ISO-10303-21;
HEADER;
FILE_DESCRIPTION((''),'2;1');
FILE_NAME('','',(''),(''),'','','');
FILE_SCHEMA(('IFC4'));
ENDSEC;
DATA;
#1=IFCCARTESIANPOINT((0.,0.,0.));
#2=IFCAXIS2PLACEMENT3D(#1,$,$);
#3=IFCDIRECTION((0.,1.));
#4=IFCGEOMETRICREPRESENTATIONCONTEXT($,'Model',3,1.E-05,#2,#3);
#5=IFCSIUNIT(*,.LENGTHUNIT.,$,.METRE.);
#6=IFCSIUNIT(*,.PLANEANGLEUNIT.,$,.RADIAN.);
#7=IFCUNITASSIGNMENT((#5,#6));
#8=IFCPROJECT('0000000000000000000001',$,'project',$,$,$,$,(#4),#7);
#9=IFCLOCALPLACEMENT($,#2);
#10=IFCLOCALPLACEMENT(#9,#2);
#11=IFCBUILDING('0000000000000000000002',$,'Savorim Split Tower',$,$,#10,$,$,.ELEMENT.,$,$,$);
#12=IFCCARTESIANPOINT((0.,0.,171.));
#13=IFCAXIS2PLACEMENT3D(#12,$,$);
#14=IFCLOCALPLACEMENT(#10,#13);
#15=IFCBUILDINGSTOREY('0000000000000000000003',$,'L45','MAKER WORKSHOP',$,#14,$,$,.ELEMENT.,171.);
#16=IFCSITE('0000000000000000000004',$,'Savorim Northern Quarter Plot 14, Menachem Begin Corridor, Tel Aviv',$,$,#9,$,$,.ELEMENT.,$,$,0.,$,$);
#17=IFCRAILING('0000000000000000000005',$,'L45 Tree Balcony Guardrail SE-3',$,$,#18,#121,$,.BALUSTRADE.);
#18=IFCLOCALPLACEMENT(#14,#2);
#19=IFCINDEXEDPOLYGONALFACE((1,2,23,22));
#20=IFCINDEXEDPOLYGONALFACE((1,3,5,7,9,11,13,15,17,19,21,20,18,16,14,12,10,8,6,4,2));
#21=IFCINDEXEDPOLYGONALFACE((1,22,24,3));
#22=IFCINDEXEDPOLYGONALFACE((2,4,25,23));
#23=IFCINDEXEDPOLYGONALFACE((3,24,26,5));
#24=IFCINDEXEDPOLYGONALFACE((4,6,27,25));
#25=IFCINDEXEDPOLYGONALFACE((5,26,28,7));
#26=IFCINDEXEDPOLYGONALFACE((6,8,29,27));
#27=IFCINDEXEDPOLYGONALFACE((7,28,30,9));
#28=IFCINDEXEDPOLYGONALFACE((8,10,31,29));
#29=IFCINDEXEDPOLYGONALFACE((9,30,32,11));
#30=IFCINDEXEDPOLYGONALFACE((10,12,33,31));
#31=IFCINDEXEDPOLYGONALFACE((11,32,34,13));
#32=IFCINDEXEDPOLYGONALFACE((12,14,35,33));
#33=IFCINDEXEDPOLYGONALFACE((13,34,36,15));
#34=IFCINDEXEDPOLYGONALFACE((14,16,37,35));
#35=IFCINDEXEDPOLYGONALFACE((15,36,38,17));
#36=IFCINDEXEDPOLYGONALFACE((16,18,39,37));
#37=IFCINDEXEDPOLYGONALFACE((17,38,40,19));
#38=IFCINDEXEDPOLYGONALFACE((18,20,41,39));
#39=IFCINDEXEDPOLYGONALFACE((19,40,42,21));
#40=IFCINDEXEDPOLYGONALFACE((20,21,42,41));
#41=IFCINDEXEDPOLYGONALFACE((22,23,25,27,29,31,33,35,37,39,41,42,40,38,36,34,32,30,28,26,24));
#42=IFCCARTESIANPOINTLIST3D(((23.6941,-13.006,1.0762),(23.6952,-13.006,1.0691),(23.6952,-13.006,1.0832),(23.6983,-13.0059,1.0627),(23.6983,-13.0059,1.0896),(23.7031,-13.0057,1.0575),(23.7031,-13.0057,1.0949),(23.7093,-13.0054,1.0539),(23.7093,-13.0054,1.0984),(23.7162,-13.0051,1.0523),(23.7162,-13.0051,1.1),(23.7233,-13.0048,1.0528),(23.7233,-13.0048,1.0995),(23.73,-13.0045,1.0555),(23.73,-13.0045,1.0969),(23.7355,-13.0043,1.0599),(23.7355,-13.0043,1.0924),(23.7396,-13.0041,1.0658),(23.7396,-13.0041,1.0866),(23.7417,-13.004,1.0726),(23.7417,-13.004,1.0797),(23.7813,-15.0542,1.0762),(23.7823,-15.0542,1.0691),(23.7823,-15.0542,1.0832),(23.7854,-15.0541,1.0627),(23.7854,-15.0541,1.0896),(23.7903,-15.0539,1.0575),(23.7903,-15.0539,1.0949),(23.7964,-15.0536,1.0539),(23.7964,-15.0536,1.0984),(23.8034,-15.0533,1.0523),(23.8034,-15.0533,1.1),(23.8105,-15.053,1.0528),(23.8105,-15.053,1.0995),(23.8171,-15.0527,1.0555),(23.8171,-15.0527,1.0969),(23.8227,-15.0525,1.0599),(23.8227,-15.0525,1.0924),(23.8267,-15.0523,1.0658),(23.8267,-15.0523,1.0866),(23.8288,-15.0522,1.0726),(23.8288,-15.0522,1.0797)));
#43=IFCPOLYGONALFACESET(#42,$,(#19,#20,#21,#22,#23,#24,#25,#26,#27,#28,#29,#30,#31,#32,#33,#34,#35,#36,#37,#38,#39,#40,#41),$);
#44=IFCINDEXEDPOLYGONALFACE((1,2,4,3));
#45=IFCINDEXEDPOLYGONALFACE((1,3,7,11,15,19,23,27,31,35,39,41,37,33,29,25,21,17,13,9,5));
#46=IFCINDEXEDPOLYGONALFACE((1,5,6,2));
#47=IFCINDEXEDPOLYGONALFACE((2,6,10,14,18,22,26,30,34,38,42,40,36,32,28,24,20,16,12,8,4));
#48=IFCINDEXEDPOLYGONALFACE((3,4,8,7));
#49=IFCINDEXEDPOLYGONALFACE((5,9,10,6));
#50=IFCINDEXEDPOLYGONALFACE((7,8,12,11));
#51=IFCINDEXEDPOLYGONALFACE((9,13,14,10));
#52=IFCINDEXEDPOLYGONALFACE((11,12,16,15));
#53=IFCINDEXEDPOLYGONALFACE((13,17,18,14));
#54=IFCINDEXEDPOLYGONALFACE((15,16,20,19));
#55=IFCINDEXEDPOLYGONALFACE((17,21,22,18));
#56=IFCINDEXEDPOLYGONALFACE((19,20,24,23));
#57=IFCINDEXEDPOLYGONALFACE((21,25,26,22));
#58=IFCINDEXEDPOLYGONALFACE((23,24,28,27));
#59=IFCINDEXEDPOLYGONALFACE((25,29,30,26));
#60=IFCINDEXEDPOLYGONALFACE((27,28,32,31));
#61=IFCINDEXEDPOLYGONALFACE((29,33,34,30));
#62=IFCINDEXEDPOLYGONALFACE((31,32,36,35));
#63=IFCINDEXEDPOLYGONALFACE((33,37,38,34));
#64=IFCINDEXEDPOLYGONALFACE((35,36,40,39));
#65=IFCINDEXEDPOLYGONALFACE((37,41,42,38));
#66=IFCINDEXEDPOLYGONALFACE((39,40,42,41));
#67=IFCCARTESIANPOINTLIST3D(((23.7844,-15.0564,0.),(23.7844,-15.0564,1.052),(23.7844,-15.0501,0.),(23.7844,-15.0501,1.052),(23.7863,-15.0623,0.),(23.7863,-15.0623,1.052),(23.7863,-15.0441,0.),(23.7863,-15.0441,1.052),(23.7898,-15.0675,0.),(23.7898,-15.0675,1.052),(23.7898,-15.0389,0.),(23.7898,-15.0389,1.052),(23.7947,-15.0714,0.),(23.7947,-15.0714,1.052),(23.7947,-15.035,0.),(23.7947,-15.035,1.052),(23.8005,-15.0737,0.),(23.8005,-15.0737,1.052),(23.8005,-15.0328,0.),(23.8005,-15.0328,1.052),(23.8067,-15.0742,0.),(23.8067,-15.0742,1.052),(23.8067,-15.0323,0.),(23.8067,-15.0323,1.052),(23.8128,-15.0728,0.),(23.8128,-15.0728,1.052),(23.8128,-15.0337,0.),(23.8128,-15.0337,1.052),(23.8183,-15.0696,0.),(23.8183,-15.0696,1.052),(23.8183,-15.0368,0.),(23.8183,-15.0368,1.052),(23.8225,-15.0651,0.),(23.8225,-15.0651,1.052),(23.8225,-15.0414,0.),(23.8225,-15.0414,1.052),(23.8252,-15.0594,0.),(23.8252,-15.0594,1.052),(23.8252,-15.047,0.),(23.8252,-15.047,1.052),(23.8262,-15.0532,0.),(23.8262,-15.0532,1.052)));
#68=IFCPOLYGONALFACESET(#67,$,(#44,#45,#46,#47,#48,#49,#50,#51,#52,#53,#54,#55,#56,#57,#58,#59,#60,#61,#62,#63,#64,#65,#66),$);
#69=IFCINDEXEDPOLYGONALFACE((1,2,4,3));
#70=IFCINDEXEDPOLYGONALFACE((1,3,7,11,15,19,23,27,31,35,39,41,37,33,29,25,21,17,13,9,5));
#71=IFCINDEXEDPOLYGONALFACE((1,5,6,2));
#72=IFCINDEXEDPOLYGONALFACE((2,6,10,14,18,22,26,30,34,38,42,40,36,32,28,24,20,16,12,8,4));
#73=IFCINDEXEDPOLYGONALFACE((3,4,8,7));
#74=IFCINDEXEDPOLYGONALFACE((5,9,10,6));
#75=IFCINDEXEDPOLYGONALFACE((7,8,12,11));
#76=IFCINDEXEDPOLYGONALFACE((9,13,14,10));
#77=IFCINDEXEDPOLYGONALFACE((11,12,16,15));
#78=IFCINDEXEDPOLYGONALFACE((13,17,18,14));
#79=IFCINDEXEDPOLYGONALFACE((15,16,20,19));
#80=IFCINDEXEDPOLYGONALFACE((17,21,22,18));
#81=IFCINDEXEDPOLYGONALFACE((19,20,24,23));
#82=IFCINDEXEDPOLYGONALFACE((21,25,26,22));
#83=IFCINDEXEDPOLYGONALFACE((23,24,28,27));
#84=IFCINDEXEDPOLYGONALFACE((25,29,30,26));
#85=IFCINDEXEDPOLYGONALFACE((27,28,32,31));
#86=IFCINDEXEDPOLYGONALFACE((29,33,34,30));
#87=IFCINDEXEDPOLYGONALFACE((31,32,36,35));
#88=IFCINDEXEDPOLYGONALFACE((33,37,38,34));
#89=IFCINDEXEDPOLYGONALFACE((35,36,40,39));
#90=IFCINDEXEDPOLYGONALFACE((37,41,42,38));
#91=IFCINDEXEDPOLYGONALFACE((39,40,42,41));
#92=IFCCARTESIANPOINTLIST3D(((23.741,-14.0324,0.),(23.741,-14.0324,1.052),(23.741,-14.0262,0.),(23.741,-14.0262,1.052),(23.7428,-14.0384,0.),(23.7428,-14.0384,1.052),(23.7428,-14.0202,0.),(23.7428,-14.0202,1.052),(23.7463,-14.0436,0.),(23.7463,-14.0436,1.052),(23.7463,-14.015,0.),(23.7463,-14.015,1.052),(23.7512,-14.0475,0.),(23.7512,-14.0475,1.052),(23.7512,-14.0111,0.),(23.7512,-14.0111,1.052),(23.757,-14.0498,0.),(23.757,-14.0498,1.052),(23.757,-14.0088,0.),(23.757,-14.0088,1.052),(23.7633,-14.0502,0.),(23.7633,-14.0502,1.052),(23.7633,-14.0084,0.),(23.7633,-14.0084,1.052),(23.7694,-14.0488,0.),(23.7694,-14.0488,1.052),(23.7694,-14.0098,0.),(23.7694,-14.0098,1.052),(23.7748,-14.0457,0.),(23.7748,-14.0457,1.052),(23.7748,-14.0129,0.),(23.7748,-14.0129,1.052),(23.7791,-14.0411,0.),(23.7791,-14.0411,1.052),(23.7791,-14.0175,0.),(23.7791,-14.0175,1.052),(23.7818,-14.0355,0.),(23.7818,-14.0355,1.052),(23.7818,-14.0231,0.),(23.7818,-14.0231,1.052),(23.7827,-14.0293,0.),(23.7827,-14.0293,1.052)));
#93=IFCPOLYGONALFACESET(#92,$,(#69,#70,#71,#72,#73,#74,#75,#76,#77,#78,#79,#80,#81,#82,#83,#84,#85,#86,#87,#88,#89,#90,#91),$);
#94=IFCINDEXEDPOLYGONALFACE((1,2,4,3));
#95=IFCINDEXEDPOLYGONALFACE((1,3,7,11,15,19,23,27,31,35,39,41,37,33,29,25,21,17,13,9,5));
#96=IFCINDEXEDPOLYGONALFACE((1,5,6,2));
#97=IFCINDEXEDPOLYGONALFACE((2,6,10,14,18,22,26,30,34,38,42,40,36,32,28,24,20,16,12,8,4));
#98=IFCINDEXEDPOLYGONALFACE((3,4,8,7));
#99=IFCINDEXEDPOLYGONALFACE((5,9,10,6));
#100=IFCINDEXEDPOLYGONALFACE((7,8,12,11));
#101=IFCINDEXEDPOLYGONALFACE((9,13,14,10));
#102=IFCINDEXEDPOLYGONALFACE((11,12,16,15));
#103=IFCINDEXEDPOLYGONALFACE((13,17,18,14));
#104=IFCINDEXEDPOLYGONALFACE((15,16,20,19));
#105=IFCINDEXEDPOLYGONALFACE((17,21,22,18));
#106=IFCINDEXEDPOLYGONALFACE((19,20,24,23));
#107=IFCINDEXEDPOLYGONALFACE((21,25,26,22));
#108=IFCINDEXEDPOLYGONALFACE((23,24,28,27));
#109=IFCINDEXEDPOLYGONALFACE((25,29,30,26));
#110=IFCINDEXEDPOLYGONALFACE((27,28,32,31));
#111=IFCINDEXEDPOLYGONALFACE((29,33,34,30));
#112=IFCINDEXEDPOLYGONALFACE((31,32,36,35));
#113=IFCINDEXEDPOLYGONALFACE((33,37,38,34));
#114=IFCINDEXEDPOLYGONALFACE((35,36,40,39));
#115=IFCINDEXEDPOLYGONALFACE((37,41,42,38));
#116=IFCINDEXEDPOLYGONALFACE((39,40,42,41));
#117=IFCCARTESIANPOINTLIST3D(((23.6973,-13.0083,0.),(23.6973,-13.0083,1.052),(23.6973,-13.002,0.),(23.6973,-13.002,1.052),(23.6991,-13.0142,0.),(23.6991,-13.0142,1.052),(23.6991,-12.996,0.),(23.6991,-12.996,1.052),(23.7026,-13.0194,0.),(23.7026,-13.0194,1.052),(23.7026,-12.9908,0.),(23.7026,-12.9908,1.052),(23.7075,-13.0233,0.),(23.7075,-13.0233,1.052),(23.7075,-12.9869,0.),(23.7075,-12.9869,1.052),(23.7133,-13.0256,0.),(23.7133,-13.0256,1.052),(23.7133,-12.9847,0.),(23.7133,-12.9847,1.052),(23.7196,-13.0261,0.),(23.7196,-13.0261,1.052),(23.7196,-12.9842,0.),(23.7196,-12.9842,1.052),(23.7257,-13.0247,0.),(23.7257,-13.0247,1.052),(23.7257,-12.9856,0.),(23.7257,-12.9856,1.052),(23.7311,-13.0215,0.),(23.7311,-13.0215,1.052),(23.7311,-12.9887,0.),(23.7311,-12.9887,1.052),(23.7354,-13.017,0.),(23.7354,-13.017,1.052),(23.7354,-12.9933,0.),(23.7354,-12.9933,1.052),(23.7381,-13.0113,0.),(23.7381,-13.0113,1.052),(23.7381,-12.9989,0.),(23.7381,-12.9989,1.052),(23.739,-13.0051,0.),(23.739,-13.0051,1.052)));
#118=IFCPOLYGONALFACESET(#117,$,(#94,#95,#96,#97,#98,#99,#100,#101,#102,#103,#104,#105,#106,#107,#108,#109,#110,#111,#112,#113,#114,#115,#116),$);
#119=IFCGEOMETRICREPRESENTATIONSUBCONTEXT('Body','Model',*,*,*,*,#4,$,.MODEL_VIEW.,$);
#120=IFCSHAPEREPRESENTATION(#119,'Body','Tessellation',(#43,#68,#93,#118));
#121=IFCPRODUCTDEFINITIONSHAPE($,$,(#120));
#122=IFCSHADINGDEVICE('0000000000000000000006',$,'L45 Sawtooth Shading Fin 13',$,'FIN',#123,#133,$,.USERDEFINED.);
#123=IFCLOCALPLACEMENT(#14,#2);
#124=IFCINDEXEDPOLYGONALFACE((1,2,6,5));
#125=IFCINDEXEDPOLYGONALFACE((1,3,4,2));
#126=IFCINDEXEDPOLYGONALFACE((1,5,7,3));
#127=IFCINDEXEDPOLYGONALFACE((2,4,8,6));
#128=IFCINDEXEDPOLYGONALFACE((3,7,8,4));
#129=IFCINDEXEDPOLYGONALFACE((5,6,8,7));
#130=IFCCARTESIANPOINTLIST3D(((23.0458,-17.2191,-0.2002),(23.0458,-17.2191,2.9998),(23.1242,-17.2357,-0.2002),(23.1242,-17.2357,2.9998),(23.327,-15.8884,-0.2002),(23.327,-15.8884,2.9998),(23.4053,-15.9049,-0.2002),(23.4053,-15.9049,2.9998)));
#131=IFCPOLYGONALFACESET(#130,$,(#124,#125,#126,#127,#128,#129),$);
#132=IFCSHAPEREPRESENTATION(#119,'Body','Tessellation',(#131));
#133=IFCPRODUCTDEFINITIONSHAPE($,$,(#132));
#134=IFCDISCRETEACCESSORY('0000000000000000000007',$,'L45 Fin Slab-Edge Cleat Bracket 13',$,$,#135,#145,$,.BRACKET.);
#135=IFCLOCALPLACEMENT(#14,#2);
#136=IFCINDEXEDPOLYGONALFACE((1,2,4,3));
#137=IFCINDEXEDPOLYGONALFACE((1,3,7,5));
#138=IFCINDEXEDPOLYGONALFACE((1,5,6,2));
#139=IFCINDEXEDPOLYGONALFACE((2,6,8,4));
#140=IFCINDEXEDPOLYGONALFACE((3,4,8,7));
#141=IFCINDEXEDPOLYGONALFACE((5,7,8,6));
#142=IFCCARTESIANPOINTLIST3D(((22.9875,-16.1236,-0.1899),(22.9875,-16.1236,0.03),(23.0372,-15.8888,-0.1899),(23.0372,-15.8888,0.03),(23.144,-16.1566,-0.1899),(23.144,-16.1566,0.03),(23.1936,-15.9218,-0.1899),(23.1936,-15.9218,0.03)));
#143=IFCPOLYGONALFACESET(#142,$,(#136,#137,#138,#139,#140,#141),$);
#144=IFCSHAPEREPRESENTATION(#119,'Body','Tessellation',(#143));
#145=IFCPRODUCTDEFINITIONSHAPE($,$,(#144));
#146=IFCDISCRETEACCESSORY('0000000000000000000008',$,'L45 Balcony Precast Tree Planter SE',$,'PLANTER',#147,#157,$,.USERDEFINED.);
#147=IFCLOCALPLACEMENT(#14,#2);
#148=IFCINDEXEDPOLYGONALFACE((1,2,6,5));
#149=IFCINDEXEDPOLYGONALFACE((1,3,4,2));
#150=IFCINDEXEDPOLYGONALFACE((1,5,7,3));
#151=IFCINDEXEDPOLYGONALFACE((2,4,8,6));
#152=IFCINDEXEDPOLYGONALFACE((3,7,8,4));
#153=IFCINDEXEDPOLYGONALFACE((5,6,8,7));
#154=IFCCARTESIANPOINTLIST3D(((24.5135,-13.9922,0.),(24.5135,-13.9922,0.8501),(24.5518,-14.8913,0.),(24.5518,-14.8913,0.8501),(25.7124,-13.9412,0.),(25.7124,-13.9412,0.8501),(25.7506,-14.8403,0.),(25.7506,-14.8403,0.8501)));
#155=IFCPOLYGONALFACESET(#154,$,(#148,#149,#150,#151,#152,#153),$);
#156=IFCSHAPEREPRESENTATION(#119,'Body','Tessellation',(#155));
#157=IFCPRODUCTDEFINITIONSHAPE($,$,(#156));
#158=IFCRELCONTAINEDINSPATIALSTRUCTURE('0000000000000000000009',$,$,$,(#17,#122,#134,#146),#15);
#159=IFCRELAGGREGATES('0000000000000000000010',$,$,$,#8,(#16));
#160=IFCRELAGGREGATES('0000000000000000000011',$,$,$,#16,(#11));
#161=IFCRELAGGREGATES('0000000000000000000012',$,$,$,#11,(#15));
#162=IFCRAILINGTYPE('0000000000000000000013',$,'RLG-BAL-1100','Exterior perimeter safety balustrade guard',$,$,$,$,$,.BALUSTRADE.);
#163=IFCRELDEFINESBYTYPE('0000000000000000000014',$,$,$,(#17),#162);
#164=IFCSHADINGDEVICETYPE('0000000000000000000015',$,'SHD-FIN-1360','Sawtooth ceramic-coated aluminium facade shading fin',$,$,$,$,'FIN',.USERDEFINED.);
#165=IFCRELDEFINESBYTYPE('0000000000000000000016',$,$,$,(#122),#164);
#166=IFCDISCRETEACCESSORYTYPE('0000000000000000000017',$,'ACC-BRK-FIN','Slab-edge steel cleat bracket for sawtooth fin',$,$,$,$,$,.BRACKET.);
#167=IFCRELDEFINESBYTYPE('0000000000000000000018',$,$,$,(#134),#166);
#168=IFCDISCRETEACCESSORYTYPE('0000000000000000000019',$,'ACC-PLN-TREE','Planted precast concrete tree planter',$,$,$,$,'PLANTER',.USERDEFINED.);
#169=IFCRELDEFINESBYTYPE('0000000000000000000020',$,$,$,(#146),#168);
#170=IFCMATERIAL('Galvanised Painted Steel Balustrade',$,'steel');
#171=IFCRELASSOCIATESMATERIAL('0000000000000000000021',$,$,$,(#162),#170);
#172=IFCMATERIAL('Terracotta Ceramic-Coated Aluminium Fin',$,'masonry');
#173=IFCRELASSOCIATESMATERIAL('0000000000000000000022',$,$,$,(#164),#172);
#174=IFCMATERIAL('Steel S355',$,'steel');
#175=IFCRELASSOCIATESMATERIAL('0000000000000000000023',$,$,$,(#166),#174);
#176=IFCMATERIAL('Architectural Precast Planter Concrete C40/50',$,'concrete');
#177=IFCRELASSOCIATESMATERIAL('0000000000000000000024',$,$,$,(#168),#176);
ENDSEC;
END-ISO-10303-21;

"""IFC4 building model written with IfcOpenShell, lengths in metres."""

from ifc_helpers import new_model, si_unit, direction, frame, origin, origin_2d, place, context, subcontext, project, spatial, rectangle, circle, extrude, material, type_object, element, save


model = new_model("IFC4")

# Units and contexts
model_context = context("Model", 3, precision=1e-05, world=origin(), true_north=direction((0.0, 1.0)))
body_context = subcontext(model_context, "Body", "Model", "MODEL_VIEW")
ifc_project = project(units=[si_unit("LENGTHUNIT", "METRE"), si_unit("PLANEANGLEUNIT", "RADIAN")], contexts=[model_context])

# Site, building, storey
site_placement = place(None, origin())
site = spatial("IfcSite", under=ifc_project, at=site_placement, Name="Savorim Northern Quarter Plot 14, Menachem Begin Corridor, Tel Aviv", CompositionType="ELEMENT", RefElevation=0.0)
building_placement = place(site_placement, origin())
building = spatial("IfcBuilding", under=site, at=building_placement, Name="Savorim Split Tower", CompositionType="ELEMENT")
storey_placement = place(building_placement, frame((0.0, 0.0, 171.0)))
storey = spatial("IfcBuildingStorey", under=building, at=storey_placement, Name="L45", Description="MAKER WORKSHOP", CompositionType="ELEMENT", Elevation=171.0)

# Shared definitions
ifc_material_1 = material(Name="Steel S355", Category="steel")

# Railing
ifc_material_2 = material(Name="Galvanised Painted Steel Balustrade", Category="steel")
railing_type = type_object("IfcRailingType", Name="RLG-BAL-1100", Description="Exterior perimeter safety balustrade guard", PredefinedType="BALUSTRADE", material=ifc_material_2)
railing_1_placement = place(storey_placement, frame((23.8052, -15.0532, 0.0)))
element("IfcRailing", 1, at=railing_1_placement, inside=storey, type_object=railing_type, Name="L45 Tree Balcony Guardrail SE-3", PredefinedType="BALUSTRADE", context=body_context, shape_type="SweptSolid", body=[
    extrude(circle(Radius=0.0239, at=origin_2d()), frame((0.0, 0.0, 1.0762), z_axis=(-0.042517, 0.999096, 0.0), x_axis=(-0.999096, -0.042517, 0.0)), (0.0, 0.0, 1.0), 2.05),
    extrude(circle(Radius=0.021, at=origin_2d()), origin(), (0.0, 0.0, 1.0), 1.052),
    extrude(circle(Radius=0.021, at=origin_2d()), frame((-0.0435, 1.0239, 0.0)), (0.0, 0.0, 1.0), 1.052),
    extrude(circle(Radius=0.021, at=origin_2d()), frame((-0.0872, 2.0481, 0.0)), (0.0, 0.0, 1.0), 1.052),
])

# Shading device
ifc_material_3 = material(Name="Terracotta Ceramic-Coated Aluminium Fin", Category="masonry")
shading_device_type = type_object("IfcShadingDeviceType", Name="SHD-FIN-1360", Description="Sawtooth ceramic-coated aluminium facade shading fin", ElementType="FIN", PredefinedType="USERDEFINED", material=ifc_material_3)
shading_device_placement = place(storey_placement, frame((23.2256, -16.562, -0.2002), z_axis=(0.0, 0.0, 1.0), x_axis=(-0.206722, -0.9784, 0.0)))
element("IfcShadingDevice", 2, at=shading_device_placement, inside=storey, type_object=shading_device_type, Name="L45 Sawtooth Shading Fin 13", ObjectType="FIN", PredefinedType="USERDEFINED", context=body_context, shape_type="SweptSolid", body=[
    extrude(rectangle(XDim=1.3601, YDim=0.0801, at=origin_2d()), origin(), (0.0, 0.0, 1.0), 3.2),
])

# Discrete accessories
discrete_accessory_type_1 = type_object("IfcDiscreteAccessoryType", Name="ACC-BRK-FIN", Description="Slab-edge steel cleat bracket for sawtooth fin", PredefinedType="BRACKET", material=ifc_material_1)
discrete_accessory_1_placement = place(storey_placement, frame((23.0906, -16.0227, -0.1899), z_axis=(0.0, 0.0, 1.0), x_axis=(-0.206722, -0.9784, 0.0)))
element("IfcDiscreteAccessory", 3, at=discrete_accessory_1_placement, inside=storey, type_object=discrete_accessory_type_1, Name="L45 Fin Slab-Edge Cleat Bracket 13", PredefinedType="BRACKET", context=body_context, shape_type="SweptSolid", body=[
    extrude(rectangle(XDim=0.24, YDim=0.1599, at=origin_2d()), origin(), (0.0, 0.0, 1.0), 0.22),
])
ifc_material_4 = material(Name="Architectural Precast Planter Concrete C40/50", Category="concrete")
discrete_accessory_type_2 = type_object("IfcDiscreteAccessoryType", Name="ACC-PLN-TREE", Description="Planted precast concrete tree planter", ElementType="PLANTER", PredefinedType="USERDEFINED", material=ifc_material_4)
discrete_accessory_2_placement = place(storey_placement, frame((25.1321, -14.4163, 0.0), z_axis=(0.0, 0.0, 1.0), x_axis=(0.999096, 0.042507, 0.0)))
element("IfcDiscreteAccessory", 4, at=discrete_accessory_2_placement, inside=storey, type_object=discrete_accessory_type_2, Name="L45 Balcony Precast Tree Planter SE", ObjectType="PLANTER", PredefinedType="USERDEFINED", context=body_context, shape_type="SweptSolid", body=[
    extrude(rectangle(XDim=1.2, YDim=0.8999, at=origin_2d()), origin(), (0.0, 0.0, 1.0), 0.8501),
])

save(model, "model.ifc")
